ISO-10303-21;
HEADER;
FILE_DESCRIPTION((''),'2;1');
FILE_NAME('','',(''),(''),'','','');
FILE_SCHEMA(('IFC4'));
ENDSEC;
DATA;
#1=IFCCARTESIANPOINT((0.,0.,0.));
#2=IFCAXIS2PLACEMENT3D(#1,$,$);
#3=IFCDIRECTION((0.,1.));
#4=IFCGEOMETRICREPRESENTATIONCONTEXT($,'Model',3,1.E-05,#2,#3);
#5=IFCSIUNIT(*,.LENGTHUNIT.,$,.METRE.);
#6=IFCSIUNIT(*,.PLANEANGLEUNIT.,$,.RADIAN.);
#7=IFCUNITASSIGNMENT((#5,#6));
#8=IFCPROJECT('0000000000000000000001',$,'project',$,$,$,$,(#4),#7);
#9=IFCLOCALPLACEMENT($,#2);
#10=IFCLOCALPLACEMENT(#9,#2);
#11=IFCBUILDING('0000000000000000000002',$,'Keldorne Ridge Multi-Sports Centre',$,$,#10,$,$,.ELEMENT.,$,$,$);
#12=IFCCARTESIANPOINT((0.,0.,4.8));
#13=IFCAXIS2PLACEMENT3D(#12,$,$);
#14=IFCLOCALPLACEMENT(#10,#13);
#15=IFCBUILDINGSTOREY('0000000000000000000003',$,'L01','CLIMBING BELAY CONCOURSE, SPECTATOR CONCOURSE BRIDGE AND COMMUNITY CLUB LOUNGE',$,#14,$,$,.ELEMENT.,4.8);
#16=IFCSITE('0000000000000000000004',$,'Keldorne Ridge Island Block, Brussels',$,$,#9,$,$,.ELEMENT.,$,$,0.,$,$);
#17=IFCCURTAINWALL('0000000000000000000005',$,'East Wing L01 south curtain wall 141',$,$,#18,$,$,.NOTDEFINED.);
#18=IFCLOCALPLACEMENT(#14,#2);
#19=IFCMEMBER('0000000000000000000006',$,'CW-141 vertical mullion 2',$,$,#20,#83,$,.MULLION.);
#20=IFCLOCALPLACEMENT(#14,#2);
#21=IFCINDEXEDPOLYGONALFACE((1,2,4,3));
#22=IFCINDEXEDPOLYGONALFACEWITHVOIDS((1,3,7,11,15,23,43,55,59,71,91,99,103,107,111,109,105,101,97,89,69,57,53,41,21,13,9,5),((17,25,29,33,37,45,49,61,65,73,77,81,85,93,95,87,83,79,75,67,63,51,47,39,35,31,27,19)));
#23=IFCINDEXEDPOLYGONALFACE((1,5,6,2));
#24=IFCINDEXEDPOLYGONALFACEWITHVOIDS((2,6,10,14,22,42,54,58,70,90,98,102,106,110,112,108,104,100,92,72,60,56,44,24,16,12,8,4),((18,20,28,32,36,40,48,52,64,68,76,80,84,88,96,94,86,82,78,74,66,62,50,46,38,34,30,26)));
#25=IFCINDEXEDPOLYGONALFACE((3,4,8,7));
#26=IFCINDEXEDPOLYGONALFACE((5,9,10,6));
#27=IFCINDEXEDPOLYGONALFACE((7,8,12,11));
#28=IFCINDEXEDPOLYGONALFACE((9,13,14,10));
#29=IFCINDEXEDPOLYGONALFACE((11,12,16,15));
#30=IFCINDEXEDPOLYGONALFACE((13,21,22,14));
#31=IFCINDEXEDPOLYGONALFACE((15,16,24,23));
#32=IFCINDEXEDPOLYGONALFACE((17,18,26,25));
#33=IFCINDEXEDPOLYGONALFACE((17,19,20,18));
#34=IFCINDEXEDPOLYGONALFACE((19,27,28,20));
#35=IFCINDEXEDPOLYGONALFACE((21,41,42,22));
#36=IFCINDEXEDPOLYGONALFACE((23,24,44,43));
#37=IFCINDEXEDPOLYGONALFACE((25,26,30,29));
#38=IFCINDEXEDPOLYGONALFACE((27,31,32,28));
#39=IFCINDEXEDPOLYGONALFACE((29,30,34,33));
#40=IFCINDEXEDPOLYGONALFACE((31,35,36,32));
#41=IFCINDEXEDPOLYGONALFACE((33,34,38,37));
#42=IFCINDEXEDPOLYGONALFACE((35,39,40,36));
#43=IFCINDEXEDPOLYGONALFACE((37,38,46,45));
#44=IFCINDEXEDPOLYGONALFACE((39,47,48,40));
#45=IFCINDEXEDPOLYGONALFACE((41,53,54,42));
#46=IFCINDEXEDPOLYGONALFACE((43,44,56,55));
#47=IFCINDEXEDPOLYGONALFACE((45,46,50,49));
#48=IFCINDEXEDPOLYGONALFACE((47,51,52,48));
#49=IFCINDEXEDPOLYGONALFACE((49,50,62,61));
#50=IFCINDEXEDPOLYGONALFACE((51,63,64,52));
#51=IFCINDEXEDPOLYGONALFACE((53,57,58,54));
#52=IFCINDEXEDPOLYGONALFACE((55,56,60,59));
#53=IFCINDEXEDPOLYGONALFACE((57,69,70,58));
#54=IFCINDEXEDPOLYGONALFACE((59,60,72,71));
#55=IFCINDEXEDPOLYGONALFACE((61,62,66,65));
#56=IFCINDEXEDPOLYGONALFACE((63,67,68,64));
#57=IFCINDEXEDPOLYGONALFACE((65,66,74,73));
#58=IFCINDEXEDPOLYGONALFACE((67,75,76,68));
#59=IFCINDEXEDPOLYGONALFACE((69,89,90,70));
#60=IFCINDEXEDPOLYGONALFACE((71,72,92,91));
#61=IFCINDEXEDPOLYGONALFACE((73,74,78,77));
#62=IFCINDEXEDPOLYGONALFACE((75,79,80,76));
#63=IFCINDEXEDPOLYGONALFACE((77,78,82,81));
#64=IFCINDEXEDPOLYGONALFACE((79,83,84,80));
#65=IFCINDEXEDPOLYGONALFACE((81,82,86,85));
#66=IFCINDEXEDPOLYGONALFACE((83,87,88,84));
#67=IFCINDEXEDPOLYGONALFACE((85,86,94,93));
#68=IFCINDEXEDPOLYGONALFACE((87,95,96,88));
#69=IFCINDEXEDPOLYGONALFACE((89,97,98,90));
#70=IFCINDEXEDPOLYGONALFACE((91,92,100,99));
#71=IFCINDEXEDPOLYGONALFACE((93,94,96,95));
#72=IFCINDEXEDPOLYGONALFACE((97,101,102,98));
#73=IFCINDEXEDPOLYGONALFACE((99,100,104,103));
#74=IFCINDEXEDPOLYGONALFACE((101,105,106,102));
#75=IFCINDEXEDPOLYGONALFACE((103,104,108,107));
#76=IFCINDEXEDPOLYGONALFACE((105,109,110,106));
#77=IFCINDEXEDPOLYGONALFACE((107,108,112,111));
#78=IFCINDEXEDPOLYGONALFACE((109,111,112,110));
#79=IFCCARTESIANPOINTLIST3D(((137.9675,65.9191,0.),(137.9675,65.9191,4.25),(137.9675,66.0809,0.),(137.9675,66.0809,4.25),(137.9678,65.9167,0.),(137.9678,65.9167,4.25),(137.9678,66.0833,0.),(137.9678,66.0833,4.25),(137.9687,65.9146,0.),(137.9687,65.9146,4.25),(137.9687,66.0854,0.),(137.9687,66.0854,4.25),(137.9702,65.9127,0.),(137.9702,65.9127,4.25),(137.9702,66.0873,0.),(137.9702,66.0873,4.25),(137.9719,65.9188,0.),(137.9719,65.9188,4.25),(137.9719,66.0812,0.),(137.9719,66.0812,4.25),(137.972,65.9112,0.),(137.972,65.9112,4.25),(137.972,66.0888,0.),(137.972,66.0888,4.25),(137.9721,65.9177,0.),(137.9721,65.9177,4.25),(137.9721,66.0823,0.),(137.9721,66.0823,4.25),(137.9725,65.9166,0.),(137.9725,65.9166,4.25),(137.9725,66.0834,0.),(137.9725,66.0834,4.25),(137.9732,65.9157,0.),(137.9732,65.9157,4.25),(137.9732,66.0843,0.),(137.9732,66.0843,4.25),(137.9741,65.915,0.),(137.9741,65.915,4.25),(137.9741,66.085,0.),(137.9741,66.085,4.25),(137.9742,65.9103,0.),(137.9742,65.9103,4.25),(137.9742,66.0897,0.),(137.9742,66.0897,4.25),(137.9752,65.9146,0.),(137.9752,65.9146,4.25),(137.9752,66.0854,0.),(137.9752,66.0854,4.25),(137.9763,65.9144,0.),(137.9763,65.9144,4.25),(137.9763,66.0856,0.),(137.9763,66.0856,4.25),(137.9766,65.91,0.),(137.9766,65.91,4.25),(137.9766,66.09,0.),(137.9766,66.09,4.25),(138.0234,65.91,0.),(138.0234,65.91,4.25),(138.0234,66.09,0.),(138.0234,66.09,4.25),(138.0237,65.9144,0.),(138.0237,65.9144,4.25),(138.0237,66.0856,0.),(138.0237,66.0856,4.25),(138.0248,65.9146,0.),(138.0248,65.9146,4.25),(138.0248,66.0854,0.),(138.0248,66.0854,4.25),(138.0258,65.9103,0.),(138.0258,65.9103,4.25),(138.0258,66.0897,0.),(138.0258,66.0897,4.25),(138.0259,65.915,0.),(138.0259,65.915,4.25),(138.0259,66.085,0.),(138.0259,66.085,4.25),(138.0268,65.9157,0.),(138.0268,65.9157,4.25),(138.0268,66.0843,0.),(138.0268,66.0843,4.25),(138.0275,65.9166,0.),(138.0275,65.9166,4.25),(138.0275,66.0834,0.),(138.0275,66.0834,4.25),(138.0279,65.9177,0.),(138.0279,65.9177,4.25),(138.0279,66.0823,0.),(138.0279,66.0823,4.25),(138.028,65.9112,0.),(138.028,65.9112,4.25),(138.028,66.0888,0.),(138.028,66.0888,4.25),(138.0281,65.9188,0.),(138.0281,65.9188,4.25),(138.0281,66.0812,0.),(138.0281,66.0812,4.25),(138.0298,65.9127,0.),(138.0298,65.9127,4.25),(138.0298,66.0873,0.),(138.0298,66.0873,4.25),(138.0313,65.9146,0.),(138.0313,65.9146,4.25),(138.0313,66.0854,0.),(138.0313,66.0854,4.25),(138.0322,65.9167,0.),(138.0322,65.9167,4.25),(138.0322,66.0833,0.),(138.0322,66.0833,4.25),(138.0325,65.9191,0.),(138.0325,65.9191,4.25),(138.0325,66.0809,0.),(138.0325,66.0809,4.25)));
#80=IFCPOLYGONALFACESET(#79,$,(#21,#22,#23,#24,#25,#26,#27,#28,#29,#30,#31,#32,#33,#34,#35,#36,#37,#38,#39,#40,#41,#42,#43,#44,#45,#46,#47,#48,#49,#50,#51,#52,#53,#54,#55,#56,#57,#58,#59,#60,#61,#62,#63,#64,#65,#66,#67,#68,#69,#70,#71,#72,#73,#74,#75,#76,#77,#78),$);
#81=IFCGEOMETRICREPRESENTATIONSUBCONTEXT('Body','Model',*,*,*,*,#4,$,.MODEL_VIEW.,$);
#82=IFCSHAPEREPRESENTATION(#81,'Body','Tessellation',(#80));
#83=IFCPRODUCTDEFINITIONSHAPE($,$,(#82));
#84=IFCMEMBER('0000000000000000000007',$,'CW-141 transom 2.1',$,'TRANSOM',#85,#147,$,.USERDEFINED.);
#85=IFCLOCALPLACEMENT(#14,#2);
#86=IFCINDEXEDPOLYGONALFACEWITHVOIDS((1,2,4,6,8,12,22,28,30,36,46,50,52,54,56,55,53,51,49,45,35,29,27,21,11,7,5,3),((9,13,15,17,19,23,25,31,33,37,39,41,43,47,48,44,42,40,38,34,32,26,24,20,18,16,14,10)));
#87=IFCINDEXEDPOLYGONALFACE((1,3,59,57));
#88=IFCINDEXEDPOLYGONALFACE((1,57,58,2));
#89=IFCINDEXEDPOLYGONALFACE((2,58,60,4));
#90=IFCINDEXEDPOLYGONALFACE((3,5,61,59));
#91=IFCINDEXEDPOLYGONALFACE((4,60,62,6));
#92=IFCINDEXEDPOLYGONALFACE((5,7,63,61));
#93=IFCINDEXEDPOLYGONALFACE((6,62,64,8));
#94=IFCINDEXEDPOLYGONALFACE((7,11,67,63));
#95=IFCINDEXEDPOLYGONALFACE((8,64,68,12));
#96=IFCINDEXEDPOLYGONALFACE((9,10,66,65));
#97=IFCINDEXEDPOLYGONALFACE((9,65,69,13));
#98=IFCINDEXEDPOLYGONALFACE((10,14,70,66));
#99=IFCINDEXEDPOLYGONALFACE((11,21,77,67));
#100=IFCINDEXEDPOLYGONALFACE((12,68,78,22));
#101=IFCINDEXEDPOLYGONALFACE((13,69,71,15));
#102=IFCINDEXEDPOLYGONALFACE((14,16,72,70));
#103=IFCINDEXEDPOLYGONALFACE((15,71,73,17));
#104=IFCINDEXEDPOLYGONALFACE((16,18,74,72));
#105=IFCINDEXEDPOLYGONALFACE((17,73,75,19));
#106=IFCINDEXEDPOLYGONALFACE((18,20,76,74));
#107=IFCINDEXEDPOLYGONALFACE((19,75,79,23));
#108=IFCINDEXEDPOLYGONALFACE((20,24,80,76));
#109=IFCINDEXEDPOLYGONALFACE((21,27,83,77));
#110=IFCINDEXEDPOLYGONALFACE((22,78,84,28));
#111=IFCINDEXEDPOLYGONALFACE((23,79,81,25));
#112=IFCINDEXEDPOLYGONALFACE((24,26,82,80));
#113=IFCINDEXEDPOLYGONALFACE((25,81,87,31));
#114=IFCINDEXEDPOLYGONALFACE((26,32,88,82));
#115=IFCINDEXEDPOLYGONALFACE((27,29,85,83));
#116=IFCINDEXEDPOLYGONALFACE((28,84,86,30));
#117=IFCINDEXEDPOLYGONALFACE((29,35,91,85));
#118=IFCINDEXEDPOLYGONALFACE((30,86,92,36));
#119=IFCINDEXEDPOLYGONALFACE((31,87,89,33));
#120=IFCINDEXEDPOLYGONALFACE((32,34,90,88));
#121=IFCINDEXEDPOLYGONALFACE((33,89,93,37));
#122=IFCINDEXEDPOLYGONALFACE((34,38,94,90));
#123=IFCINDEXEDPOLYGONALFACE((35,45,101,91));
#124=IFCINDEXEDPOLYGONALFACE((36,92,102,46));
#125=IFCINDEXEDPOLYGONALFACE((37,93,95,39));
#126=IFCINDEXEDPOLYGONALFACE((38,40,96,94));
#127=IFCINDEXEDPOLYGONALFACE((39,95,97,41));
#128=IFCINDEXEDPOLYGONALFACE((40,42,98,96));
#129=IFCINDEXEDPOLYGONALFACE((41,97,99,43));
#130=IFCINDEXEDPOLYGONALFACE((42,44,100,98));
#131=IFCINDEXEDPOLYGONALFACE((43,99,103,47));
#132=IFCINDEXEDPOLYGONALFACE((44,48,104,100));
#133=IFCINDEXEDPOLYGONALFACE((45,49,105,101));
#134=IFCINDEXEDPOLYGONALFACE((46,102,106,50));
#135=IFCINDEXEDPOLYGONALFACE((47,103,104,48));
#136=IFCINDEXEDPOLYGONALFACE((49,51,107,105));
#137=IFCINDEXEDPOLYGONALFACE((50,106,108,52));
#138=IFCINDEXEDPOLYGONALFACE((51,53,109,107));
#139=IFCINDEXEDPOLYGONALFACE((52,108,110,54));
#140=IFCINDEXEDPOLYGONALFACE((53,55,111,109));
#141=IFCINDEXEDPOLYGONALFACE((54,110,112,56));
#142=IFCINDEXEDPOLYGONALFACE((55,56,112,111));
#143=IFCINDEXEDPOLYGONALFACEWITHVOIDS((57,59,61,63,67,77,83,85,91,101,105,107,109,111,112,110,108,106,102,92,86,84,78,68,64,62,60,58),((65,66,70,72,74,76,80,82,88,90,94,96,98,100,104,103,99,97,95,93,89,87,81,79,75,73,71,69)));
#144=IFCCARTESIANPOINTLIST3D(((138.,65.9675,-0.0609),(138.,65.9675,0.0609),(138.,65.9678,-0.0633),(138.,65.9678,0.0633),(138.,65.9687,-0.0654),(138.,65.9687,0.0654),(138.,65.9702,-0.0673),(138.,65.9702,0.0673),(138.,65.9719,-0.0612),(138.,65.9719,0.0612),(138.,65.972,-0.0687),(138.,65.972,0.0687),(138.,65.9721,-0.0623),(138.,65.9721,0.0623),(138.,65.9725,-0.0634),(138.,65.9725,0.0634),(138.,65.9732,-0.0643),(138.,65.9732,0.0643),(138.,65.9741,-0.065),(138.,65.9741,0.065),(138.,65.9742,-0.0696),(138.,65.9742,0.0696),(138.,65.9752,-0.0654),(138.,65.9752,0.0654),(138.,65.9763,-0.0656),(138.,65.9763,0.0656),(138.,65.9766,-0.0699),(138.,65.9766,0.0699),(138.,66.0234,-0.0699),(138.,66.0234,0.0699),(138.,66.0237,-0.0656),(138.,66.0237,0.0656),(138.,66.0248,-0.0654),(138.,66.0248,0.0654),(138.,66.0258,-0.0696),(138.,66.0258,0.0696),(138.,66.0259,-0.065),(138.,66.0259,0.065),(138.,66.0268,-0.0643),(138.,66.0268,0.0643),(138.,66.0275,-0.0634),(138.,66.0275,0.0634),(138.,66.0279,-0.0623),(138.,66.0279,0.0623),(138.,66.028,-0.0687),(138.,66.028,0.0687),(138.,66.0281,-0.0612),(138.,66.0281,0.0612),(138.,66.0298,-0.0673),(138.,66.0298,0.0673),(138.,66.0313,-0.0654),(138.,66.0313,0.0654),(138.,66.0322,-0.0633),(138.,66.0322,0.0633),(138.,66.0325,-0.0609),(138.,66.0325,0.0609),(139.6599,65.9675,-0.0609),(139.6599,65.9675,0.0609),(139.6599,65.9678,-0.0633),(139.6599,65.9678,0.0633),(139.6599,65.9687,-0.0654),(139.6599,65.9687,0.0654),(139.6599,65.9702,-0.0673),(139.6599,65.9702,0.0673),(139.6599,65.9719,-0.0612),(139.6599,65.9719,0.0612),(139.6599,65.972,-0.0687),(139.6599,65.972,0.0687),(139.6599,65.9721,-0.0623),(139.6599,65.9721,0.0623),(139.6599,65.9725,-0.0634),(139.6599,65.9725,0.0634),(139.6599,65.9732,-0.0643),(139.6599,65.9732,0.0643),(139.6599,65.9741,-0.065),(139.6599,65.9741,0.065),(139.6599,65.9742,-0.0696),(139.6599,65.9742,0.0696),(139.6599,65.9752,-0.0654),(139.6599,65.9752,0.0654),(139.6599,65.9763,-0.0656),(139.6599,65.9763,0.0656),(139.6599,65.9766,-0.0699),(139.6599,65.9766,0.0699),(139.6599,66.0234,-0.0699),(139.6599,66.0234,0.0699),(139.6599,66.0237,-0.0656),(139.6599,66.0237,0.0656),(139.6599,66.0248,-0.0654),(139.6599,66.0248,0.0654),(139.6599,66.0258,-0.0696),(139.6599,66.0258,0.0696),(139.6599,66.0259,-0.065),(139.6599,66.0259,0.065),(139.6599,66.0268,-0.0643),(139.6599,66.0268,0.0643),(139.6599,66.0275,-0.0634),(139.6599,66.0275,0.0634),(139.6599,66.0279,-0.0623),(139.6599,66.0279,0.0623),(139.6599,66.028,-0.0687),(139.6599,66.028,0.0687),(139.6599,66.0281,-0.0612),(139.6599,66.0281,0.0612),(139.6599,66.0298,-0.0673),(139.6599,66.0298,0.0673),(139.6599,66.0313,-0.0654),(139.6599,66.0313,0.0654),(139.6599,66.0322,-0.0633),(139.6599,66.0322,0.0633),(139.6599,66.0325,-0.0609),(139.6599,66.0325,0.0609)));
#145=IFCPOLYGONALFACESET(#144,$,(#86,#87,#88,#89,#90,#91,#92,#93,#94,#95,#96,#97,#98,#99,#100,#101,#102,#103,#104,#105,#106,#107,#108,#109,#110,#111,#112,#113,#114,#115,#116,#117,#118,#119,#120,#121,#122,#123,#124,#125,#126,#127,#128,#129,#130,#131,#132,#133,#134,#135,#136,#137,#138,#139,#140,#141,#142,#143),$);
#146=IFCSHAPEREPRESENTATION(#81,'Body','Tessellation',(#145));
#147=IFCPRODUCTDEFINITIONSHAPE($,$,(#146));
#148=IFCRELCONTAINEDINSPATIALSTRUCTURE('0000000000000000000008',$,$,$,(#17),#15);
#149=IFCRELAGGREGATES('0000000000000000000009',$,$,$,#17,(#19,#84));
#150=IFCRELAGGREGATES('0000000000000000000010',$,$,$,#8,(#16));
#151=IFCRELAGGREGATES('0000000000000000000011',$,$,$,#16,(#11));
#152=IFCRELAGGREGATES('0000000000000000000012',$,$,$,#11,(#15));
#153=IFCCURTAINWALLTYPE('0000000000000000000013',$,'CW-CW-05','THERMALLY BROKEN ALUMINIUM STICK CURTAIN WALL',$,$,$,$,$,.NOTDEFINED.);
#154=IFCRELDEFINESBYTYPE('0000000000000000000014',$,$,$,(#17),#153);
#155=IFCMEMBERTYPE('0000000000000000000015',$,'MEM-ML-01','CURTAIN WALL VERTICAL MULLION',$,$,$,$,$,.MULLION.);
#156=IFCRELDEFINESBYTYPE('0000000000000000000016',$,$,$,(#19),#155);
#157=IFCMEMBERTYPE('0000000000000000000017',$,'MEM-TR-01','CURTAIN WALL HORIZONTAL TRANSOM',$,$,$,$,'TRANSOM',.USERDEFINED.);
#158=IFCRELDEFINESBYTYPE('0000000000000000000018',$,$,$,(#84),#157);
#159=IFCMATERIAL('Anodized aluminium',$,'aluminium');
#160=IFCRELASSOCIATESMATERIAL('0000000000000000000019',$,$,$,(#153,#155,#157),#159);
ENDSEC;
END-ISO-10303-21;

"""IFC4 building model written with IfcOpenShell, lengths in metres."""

from ifc_helpers import new_model, si_unit, direction, frame, origin, origin_2d, place, context, subcontext, project, spatial, hollow_rectangle, extrude, material, material_profile, profile_set, type_object, element, aggregate, save


model = new_model("IFC4")

# Units and contexts
model_context = context("Model", 3, precision=1e-05, world=origin(), true_north=direction((0.0, 1.0)))
body_context = subcontext(model_context, "Body", "Model", "MODEL_VIEW")
ifc_project = project(units=[si_unit("LENGTHUNIT", "METRE"), si_unit("PLANEANGLEUNIT", "RADIAN")], contexts=[model_context])

# Site, building, storey
site_placement = place(None, origin())
site = spatial("IfcSite", under=ifc_project, at=site_placement, Name="Keldorne Ridge Island Block, Brussels", CompositionType="ELEMENT", RefElevation=0.0)
building_placement = place(site_placement, origin())
building = spatial("IfcBuilding", under=site, at=building_placement, Name="Keldorne Ridge Multi-Sports Centre", CompositionType="ELEMENT")
storey_placement = place(building_placement, frame((0.0, 0.0, 4.8)))
storey = spatial("IfcBuildingStorey", under=building, at=storey_placement, Name="L01", Description="CLIMBING BELAY CONCOURSE, SPECTATOR CONCOURSE BRIDGE AND COMMUNITY CLUB LOUNGE", CompositionType="ELEMENT", Elevation=4.8)

# Curtain wall, members
ifc_material_1 = material(Name="Anodized aluminium", Category="aluminium")
curtain_wall_type = type_object("IfcCurtainWallType", Name="CW-CW-05", Description="THERMALLY BROKEN ALUMINIUM STICK CURTAIN WALL", PredefinedType="NOTDEFINED", material=ifc_material_1)
curtain_wall_placement = place(storey_placement, origin())
curtain_wall = element("IfcCurtainWall", 1, at=curtain_wall_placement, inside=storey, type_object=curtain_wall_type, Name="East Wing L01 south curtain wall 141", PredefinedType="NOTDEFINED")
ifc_material_profile_1 = material_profile(ifc_material_1, hollow_rectangle(XDim=0.0649, YDim=0.1799, WallThickness=0.0044, InnerFilletRadius=0.0044, OuterFilletRadius=0.009, at=origin_2d()), Name="ALU MULLION 180x65x4.5")
ifc_profile_set_1 = profile_set([ifc_material_profile_1], Name="Anodized aluminium")
member_type_1 = type_object("IfcMemberType", Name="MEM-ML-01", Description="CURTAIN WALL VERTICAL MULLION", PredefinedType="MULLION", material=ifc_profile_set_1)
member_1_placement = place(storey_placement, frame((138.0, 66.0, 0.0), z_axis=(0.0, 0.0, 1.0), x_axis=(1.0, 0.0, 0.0)))
member_1 = element("IfcMember", 2, at=member_1_placement, type_object=member_type_1, Name="CW-141 vertical mullion 2", PredefinedType="MULLION", context=body_context, shape_type="SweptSolid", body=[
    extrude(hollow_rectangle(XDim=0.0649, YDim=0.1799, WallThickness=0.0044, InnerFilletRadius=0.0044, OuterFilletRadius=0.009, at=origin_2d()), origin(), (0.0, 0.0, 1.0), 4.25),
])
ifc_material_profile_2 = material_profile(ifc_material_1, hollow_rectangle(XDim=0.0649, YDim=0.1399, WallThickness=0.0044, InnerFilletRadius=0.0044, OuterFilletRadius=0.009, at=origin_2d()), Name="ALU TRANSOM 140x65x4.5")
ifc_profile_set_2 = profile_set([ifc_material_profile_2], Name="Anodized aluminium")
member_type_2 = type_object("IfcMemberType", Name="MEM-TR-01", Description="CURTAIN WALL HORIZONTAL TRANSOM", ElementType="TRANSOM", PredefinedType="USERDEFINED", material=ifc_profile_set_2)
member_2_placement = place(storey_placement, frame((138.0, 66.0, 0.0), z_axis=(1.0, 0.0, 0.0), x_axis=(0.0, 1.0, 0.0)))
member_2 = element("IfcMember", 3, at=member_2_placement, type_object=member_type_2, Name="CW-141 transom 2.1", ObjectType="TRANSOM", PredefinedType="USERDEFINED", context=body_context, shape_type="SweptSolid", body=[
    extrude(hollow_rectangle(XDim=0.0649, YDim=0.1399, WallThickness=0.0044, InnerFilletRadius=0.0044, OuterFilletRadius=0.009, at=origin_2d()), origin(), (0.0, 0.0, 1.0), 1.6599),
])
aggregate(curtain_wall, [member_1, member_2])

save(model, "model.ifc")
